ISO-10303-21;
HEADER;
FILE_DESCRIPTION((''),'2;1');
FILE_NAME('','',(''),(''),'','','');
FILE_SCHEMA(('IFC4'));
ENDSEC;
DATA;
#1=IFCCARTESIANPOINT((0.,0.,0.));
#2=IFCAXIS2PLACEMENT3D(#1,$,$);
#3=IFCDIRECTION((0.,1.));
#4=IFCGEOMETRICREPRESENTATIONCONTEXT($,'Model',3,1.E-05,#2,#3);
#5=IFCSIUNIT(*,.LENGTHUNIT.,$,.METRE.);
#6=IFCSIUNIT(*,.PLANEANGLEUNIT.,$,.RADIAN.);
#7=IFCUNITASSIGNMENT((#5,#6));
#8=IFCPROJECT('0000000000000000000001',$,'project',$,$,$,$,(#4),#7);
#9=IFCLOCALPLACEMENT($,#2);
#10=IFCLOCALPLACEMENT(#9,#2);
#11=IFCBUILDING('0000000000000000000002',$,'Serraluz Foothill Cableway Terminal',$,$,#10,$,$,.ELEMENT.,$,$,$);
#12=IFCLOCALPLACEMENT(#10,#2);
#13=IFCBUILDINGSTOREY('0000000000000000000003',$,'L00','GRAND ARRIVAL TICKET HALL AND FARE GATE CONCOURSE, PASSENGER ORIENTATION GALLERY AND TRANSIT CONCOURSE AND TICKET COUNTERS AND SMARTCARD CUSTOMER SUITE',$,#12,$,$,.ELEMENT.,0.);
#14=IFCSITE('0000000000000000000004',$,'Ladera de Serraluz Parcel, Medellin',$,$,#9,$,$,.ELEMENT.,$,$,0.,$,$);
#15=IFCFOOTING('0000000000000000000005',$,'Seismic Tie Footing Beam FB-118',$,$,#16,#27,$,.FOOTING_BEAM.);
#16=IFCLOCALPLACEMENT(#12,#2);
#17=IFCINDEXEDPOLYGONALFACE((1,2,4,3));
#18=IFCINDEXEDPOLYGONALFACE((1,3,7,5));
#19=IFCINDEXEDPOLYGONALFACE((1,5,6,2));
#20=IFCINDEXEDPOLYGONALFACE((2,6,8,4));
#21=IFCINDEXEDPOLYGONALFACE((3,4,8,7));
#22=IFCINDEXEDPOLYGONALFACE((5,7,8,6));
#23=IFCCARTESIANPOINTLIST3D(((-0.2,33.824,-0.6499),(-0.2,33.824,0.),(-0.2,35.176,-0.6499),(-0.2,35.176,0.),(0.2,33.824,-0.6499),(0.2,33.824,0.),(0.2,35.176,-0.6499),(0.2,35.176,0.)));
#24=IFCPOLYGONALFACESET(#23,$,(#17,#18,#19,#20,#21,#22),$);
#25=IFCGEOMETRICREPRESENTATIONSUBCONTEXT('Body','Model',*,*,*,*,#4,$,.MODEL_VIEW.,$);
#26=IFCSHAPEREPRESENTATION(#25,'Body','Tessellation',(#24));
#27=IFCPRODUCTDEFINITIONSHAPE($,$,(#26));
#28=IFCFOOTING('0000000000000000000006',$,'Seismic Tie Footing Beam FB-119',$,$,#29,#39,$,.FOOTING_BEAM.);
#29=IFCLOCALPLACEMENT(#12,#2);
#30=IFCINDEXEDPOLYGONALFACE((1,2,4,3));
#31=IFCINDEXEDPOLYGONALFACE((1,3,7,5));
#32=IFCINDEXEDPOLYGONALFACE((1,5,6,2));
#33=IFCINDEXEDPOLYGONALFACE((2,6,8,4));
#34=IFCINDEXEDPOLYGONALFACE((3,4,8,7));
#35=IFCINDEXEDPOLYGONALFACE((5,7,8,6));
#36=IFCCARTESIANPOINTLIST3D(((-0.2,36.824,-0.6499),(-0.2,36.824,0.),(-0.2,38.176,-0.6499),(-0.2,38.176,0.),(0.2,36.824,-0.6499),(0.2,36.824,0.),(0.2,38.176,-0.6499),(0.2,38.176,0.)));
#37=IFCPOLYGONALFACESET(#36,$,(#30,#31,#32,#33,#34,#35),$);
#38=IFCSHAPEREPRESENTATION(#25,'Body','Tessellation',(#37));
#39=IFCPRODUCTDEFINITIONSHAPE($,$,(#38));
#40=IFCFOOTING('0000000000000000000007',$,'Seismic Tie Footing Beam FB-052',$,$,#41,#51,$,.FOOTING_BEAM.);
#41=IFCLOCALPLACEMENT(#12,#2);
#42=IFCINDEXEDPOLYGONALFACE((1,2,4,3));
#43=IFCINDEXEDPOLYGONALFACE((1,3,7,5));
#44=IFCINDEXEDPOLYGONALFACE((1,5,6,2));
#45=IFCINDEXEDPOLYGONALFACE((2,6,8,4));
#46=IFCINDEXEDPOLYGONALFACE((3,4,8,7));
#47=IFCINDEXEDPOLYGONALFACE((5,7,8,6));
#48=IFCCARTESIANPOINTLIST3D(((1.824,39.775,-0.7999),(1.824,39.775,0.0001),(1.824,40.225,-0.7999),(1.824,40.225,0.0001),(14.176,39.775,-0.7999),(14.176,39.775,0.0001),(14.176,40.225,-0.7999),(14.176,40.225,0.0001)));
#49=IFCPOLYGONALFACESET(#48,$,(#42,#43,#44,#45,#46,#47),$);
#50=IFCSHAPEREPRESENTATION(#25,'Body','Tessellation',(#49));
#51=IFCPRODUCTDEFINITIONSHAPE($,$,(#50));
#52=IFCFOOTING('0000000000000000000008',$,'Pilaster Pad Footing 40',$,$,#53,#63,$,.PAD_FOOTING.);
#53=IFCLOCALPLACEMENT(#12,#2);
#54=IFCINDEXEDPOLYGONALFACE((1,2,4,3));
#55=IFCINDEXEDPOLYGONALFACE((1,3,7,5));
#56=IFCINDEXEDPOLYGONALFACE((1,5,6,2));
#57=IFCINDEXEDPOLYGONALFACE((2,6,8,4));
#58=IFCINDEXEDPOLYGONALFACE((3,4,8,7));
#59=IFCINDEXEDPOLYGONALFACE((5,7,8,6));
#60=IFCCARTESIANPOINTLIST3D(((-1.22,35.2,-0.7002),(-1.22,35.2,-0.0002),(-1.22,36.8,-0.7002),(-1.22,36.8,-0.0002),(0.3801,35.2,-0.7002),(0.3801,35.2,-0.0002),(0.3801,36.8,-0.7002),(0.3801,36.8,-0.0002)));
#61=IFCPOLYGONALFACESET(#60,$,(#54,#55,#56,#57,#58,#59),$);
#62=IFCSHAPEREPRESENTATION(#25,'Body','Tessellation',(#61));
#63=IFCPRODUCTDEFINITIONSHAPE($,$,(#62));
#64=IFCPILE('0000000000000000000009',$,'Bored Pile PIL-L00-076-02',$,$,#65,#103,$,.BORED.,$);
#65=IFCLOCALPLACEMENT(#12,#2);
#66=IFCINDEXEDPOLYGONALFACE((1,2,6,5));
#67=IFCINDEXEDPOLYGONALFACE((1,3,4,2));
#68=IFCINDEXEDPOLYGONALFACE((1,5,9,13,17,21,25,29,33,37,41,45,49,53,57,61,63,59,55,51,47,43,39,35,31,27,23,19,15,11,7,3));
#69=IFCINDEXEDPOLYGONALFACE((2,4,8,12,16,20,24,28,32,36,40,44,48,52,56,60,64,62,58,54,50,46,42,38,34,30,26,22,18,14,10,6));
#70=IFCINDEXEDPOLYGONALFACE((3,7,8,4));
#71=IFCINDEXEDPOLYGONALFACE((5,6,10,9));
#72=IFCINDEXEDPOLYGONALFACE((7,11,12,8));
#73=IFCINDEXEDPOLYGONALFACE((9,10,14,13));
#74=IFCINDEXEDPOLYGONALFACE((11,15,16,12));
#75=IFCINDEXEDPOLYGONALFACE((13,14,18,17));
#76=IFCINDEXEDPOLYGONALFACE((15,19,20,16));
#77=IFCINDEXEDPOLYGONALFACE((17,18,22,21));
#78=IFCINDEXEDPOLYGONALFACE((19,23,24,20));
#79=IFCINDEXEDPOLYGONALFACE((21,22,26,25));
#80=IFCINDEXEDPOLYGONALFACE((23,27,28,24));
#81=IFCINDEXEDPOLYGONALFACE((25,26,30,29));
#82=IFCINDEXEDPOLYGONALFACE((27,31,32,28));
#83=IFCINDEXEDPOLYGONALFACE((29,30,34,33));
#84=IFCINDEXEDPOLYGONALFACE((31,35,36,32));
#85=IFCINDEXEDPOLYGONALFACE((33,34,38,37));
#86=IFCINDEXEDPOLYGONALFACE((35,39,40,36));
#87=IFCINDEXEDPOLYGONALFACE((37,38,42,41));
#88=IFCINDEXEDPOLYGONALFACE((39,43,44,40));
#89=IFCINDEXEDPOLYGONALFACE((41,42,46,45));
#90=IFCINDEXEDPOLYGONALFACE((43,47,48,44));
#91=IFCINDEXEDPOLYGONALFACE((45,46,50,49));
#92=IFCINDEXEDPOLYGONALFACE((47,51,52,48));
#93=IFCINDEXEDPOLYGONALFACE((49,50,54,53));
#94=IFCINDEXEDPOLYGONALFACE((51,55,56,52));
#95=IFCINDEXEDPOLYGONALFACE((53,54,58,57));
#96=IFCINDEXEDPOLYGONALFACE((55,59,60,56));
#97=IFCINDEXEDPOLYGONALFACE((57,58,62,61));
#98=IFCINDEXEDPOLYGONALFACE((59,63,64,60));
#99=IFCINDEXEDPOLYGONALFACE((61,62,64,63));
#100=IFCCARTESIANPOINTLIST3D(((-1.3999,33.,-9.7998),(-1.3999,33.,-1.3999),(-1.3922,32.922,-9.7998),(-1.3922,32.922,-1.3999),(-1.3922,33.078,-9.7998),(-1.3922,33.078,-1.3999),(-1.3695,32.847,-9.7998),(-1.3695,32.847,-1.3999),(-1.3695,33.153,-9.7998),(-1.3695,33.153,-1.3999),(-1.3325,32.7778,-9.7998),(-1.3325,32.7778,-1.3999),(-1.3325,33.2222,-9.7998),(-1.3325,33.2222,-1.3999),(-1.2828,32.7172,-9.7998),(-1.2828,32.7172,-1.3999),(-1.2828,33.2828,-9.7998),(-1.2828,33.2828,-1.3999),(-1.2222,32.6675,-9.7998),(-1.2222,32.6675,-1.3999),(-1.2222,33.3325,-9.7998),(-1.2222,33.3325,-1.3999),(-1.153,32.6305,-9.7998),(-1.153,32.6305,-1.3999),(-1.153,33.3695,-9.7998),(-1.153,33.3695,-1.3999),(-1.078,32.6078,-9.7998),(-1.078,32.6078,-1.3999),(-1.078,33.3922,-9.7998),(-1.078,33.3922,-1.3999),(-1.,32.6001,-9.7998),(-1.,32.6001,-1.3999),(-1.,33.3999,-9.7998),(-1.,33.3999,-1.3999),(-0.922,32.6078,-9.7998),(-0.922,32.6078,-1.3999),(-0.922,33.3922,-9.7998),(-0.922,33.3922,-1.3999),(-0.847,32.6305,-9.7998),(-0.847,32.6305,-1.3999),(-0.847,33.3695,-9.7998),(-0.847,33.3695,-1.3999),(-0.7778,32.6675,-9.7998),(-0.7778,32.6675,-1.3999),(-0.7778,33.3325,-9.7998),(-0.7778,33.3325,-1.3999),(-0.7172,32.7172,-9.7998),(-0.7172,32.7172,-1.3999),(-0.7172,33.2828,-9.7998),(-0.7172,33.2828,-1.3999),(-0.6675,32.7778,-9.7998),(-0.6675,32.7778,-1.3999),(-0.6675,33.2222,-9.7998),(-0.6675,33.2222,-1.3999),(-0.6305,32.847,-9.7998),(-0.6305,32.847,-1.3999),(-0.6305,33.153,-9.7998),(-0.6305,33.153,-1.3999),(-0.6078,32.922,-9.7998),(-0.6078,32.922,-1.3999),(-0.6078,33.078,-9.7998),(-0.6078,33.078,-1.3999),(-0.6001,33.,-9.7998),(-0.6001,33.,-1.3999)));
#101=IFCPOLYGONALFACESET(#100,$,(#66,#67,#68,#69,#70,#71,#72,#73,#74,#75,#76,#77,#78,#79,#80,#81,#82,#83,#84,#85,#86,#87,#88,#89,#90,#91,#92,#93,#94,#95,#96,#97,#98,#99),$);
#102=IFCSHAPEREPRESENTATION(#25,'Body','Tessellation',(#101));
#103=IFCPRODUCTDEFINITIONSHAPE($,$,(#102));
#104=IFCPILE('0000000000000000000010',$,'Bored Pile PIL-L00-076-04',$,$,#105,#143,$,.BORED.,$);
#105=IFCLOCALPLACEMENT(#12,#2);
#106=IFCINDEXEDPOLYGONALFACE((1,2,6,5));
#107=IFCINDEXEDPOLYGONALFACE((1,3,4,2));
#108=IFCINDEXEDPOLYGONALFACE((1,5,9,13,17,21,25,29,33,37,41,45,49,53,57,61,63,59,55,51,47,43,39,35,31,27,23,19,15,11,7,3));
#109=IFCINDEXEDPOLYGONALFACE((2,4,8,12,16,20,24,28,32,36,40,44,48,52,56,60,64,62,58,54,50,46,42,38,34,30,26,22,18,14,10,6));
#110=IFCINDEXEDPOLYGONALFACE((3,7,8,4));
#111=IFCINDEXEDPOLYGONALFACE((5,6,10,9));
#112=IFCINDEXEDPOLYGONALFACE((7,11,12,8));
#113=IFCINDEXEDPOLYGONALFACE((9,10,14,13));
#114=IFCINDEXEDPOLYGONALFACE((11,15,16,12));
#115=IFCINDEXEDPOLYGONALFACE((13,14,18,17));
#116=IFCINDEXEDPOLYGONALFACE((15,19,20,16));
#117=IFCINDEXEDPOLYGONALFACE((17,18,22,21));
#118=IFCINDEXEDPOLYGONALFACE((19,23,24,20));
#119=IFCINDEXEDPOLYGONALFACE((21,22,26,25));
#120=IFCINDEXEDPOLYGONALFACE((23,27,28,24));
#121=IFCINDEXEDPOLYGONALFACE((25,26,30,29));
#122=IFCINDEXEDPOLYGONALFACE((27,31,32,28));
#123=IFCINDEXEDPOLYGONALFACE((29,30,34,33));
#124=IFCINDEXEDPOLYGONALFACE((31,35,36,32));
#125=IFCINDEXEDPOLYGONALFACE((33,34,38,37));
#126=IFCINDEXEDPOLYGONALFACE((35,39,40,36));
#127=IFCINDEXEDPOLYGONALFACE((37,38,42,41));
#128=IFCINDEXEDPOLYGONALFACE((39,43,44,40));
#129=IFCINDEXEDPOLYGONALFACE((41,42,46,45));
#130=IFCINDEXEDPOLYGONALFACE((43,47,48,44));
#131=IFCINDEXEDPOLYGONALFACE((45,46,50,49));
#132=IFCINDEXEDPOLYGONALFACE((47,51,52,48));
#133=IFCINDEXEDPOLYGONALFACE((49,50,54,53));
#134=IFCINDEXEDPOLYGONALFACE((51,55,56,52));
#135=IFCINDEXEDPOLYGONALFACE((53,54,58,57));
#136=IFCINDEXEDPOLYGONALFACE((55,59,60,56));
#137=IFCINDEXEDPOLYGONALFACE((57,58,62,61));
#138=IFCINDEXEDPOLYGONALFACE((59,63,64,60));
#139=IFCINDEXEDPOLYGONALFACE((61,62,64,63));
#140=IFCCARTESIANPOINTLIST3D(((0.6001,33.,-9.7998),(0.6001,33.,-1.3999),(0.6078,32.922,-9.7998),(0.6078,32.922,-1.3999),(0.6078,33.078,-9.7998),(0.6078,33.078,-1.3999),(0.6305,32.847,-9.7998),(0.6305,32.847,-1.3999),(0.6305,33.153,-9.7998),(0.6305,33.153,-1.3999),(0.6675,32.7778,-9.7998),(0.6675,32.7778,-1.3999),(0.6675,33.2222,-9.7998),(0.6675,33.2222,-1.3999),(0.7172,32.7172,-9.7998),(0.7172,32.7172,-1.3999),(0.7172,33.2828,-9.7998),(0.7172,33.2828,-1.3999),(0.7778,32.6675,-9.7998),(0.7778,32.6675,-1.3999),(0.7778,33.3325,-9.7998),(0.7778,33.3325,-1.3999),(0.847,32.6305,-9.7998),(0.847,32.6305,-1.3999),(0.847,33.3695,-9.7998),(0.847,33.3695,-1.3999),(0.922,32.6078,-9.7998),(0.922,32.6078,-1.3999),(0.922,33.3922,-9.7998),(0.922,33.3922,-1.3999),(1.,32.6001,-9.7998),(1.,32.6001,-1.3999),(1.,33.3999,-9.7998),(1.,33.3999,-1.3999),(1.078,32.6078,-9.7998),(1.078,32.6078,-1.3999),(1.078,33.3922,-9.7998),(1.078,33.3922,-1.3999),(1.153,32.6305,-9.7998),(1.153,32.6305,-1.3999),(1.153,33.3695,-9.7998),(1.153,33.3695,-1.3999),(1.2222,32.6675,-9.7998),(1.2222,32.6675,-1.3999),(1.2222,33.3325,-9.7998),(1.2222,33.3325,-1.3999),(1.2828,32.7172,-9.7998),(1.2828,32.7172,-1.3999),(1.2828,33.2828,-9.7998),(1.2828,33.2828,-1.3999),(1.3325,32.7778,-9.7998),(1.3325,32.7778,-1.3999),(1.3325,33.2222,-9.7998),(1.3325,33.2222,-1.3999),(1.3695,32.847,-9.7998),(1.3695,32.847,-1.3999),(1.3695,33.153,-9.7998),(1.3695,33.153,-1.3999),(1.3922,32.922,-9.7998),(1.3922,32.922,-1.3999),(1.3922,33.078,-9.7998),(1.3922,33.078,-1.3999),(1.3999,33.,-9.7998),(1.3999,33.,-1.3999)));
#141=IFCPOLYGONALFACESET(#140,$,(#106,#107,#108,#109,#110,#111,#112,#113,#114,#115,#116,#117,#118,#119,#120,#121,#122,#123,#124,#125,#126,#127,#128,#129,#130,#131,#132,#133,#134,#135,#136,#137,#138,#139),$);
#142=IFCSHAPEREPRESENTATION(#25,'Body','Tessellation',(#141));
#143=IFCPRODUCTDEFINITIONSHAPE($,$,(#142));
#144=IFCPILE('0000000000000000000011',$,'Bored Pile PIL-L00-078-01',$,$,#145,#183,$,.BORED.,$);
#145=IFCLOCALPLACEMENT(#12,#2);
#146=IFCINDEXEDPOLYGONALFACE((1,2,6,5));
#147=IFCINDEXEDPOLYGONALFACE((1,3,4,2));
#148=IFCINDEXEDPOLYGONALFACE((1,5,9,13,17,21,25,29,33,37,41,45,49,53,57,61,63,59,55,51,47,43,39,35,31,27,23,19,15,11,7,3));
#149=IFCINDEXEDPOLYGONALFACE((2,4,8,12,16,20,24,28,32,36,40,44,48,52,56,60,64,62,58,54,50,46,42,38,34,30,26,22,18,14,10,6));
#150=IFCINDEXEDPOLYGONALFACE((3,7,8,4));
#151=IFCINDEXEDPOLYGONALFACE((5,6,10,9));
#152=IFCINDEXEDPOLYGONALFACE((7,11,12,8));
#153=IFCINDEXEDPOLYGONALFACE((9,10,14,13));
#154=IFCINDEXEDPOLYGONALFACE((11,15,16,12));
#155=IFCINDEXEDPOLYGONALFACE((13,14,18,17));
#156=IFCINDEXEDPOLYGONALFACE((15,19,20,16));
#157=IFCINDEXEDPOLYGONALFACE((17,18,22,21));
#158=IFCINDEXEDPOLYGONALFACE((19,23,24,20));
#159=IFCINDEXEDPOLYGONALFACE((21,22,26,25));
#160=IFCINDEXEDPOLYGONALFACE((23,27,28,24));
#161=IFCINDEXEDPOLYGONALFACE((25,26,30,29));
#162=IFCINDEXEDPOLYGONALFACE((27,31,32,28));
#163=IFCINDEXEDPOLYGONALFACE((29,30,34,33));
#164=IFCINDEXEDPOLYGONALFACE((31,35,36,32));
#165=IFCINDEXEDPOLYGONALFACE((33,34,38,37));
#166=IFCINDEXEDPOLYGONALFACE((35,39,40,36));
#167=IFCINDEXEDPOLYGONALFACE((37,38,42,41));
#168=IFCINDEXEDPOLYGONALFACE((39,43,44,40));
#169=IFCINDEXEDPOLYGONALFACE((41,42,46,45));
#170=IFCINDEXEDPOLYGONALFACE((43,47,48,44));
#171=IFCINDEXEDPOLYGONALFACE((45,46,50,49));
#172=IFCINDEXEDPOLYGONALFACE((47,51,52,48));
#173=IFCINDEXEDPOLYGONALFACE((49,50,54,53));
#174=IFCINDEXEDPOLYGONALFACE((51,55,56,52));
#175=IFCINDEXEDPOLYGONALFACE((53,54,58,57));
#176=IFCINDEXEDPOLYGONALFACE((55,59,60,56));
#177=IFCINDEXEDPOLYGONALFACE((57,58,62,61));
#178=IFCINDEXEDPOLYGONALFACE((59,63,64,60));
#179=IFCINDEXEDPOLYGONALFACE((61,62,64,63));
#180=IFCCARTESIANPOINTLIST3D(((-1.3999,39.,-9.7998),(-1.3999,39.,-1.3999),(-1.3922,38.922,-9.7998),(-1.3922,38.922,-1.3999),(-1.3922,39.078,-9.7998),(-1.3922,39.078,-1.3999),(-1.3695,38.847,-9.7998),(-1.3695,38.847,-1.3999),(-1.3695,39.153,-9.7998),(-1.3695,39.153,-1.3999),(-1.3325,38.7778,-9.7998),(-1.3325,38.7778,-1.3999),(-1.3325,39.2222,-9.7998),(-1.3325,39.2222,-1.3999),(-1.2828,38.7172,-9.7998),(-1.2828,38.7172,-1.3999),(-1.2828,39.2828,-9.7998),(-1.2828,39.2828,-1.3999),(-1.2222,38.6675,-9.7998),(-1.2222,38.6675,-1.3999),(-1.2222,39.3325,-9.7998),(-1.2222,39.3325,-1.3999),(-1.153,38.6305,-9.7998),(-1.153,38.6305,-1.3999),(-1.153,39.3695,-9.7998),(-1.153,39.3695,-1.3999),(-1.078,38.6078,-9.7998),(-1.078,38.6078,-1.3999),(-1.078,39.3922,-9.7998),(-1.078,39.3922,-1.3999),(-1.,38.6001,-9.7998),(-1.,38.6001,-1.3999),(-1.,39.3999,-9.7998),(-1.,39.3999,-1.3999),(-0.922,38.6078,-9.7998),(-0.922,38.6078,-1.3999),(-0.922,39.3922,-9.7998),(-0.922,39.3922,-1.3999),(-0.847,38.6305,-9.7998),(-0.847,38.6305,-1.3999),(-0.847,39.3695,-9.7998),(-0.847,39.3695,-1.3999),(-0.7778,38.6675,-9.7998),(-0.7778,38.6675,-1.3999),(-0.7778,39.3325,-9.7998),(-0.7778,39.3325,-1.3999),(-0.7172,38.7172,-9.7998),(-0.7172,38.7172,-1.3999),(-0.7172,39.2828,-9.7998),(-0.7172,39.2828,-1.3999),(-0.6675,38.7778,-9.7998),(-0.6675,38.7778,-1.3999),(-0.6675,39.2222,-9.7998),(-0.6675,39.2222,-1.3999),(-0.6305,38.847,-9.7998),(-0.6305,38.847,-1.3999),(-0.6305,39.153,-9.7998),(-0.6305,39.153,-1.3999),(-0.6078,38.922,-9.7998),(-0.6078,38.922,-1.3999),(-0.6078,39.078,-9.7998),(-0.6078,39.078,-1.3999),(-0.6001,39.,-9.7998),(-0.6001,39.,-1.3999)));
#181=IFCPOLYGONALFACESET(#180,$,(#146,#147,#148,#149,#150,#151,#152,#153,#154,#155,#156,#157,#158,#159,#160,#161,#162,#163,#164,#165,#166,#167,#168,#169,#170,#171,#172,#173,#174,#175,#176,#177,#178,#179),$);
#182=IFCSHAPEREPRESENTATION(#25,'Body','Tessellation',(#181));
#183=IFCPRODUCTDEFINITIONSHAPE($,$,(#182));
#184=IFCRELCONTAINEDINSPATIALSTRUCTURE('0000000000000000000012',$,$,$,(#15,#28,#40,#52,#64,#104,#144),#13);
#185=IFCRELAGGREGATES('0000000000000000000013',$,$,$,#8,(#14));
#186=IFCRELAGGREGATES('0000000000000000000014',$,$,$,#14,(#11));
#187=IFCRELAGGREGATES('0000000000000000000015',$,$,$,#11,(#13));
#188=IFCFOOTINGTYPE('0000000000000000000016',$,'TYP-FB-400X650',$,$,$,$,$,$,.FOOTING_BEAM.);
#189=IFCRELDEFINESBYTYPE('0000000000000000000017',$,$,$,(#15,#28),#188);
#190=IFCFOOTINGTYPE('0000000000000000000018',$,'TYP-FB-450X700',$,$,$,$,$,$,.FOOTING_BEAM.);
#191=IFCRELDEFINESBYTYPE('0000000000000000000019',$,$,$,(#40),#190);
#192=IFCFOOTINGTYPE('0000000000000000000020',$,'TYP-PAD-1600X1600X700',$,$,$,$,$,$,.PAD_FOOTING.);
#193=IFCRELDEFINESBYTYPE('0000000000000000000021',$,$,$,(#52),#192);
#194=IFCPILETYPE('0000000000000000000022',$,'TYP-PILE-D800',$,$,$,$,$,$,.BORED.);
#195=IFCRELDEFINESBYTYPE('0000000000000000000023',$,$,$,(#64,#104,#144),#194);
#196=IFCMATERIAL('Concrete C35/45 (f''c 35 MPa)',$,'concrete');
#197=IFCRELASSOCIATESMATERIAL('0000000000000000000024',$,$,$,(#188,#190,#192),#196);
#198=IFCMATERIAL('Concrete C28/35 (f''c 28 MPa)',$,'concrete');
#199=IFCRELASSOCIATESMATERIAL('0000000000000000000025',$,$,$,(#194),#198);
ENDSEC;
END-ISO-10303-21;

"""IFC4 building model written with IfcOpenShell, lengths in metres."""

from ifc_helpers import new_model, si_unit, direction, frame, origin, origin_2d, place, context, subcontext, project, spatial, rectangle, circle, extrude, material, material_profile, profile_set, type_object, element, save


model = new_model("IFC4")

# Units and contexts
model_context = context("Model", 3, precision=1e-05, world=origin(), true_north=direction((0.0, 1.0)))
body_context = subcontext(model_context, "Body", "Model", "MODEL_VIEW")
ifc_project = project(units=[si_unit("LENGTHUNIT", "METRE"), si_unit("PLANEANGLEUNIT", "RADIAN")], contexts=[model_context])

# Site, building, storey
site_placement = place(None, origin())
site = spatial("IfcSite", under=ifc_project, at=site_placement, Name="Ladera de Serraluz Parcel, Medellin", CompositionType="ELEMENT", RefElevation=0.0)
building_placement = place(site_placement, origin())
building = spatial("IfcBuilding", under=site, at=building_placement, Name="Serraluz Foothill Cableway Terminal", CompositionType="ELEMENT")
storey_placement = place(building_placement, origin())
storey = spatial("IfcBuildingStorey", under=building, at=storey_placement, Name="L00", Description="GRAND ARRIVAL TICKET HALL AND FARE GATE CONCOURSE, PASSENGER ORIENTATION GALLERY AND TRANSIT CONCOURSE AND TICKET COUNTERS AND SMARTCARD CUSTOMER SUITE", CompositionType="ELEMENT", Elevation=0.0)

# Footings
ifc_material_1 = material(Name="Concrete C35/45 (f'c 35 MPa)", Category="concrete")
ifc_material_profile_1 = material_profile(ifc_material_1, rectangle(XDim=0.3999, YDim=0.6499, at=origin_2d()), Name="RC 400x650")
ifc_profile_set_1 = profile_set([ifc_material_profile_1], Name="Concrete C35/45 (f'c 35 MPa)")
footing_type_1 = type_object("IfcFootingType", Name="TYP-FB-400X650", PredefinedType="FOOTING_BEAM", material=ifc_profile_set_1)
for number, where, z_axis, x_axis, name in (
    (1, (0.0, 33.824, -0.325), (0.0, 1.0, 0.0), (-1.0, 0.0, 0.0), "Seismic Tie Footing Beam FB-118"),
    (2, (0.0, 36.824, -0.325), (0.0, 1.0, 0.0), (-1.0, 0.0, 0.0), "Seismic Tie Footing Beam FB-119"),
):
    element("IfcFooting", number, at=place(storey_placement, frame(where, z_axis=z_axis, x_axis=x_axis)), inside=storey, type_object=footing_type_1, Name=name, PredefinedType="FOOTING_BEAM", context=body_context, shape_type="SweptSolid", body=[
        extrude(rectangle(XDim=0.3999, YDim=0.6499, at=origin_2d()), origin(), (0.0, 0.0, 1.0), 1.3521),
    ])
ifc_material_profile_2 = material_profile(ifc_material_1, rectangle(XDim=0.45, YDim=0.8, at=origin_2d()), Name="RC 450x800")
ifc_profile_set_2 = profile_set([ifc_material_profile_2], Name="Concrete C35/45 (f'c 35 MPa)")
footing_type_2 = type_object("IfcFootingType", Name="TYP-FB-450X700", PredefinedType="FOOTING_BEAM", material=ifc_profile_set_2)
footing_1_placement = place(storey_placement, frame((1.824, 40.0, -0.3999), z_axis=(1.0, 0.0, 0.0), x_axis=(0.0, 1.0, 0.0)))
element("IfcFooting", 3, at=footing_1_placement, inside=storey, type_object=footing_type_2, Name="Seismic Tie Footing Beam FB-052", PredefinedType="FOOTING_BEAM", context=body_context, shape_type="SweptSolid", body=[
    extrude(rectangle(XDim=0.45, YDim=0.8, at=origin_2d()), origin(), (0.0, 0.0, 1.0), 12.3521),
])
footing_type_3 = type_object("IfcFootingType", Name="TYP-PAD-1600X1600X700", PredefinedType="PAD_FOOTING", material=ifc_material_1)
footing_2_placement = place(storey_placement, frame((-0.4199, 36.0, -0.7002), z_axis=(0.0, 0.0, 1.0), x_axis=(1.0, 0.0, 0.0)))
element("IfcFooting", 4, at=footing_2_placement, inside=storey, type_object=footing_type_3, Name="Pilaster Pad Footing 40", PredefinedType="PAD_FOOTING", context=body_context, shape_type="SweptSolid", body=[
    extrude(rectangle(XDim=1.6001, YDim=1.6001, at=origin_2d()), origin(), (0.0, 0.0, 1.0), 0.7),
])

# Piles
ifc_material_2 = material(Name="Concrete C28/35 (f'c 28 MPa)", Category="concrete")
ifc_material_profile_3 = material_profile(ifc_material_2, circle(Radius=0.3999, at=origin_2d()), Name="BORED PILE D800")
ifc_profile_set_3 = profile_set([ifc_material_profile_3], Name="Concrete C28/35 (f'c 28 MPa)")
pile_type = type_object("IfcPileType", Name="TYP-PILE-D800", PredefinedType="BORED", material=ifc_profile_set_3)
for number, where, z_axis, x_axis, name in (
    (5, (-1.0, 33.0, -1.3999), (0.0, 0.0, -1.0), (1.0, 0.0, 0.0), "Bored Pile PIL-L00-076-02"),
    (6, (1.0, 33.0, -1.3999), (0.0, 0.0, -1.0), (1.0, 0.0, 0.0), "Bored Pile PIL-L00-076-04"),
    (7, (-1.0, 39.0, -1.3999), (0.0, 0.0, -1.0), (1.0, 0.0, 0.0), "Bored Pile PIL-L00-078-01"),
):
    element("IfcPile", number, at=place(storey_placement, frame(where, z_axis=z_axis, x_axis=x_axis)), inside=storey, type_object=pile_type, Name=name, PredefinedType="BORED", context=body_context, shape_type="SweptSolid", body=[
        extrude(circle(Radius=0.3999, at=origin_2d()), origin(), (0.0, 0.0, 1.0), 8.3999),
    ])

save(model, "model.ifc")
